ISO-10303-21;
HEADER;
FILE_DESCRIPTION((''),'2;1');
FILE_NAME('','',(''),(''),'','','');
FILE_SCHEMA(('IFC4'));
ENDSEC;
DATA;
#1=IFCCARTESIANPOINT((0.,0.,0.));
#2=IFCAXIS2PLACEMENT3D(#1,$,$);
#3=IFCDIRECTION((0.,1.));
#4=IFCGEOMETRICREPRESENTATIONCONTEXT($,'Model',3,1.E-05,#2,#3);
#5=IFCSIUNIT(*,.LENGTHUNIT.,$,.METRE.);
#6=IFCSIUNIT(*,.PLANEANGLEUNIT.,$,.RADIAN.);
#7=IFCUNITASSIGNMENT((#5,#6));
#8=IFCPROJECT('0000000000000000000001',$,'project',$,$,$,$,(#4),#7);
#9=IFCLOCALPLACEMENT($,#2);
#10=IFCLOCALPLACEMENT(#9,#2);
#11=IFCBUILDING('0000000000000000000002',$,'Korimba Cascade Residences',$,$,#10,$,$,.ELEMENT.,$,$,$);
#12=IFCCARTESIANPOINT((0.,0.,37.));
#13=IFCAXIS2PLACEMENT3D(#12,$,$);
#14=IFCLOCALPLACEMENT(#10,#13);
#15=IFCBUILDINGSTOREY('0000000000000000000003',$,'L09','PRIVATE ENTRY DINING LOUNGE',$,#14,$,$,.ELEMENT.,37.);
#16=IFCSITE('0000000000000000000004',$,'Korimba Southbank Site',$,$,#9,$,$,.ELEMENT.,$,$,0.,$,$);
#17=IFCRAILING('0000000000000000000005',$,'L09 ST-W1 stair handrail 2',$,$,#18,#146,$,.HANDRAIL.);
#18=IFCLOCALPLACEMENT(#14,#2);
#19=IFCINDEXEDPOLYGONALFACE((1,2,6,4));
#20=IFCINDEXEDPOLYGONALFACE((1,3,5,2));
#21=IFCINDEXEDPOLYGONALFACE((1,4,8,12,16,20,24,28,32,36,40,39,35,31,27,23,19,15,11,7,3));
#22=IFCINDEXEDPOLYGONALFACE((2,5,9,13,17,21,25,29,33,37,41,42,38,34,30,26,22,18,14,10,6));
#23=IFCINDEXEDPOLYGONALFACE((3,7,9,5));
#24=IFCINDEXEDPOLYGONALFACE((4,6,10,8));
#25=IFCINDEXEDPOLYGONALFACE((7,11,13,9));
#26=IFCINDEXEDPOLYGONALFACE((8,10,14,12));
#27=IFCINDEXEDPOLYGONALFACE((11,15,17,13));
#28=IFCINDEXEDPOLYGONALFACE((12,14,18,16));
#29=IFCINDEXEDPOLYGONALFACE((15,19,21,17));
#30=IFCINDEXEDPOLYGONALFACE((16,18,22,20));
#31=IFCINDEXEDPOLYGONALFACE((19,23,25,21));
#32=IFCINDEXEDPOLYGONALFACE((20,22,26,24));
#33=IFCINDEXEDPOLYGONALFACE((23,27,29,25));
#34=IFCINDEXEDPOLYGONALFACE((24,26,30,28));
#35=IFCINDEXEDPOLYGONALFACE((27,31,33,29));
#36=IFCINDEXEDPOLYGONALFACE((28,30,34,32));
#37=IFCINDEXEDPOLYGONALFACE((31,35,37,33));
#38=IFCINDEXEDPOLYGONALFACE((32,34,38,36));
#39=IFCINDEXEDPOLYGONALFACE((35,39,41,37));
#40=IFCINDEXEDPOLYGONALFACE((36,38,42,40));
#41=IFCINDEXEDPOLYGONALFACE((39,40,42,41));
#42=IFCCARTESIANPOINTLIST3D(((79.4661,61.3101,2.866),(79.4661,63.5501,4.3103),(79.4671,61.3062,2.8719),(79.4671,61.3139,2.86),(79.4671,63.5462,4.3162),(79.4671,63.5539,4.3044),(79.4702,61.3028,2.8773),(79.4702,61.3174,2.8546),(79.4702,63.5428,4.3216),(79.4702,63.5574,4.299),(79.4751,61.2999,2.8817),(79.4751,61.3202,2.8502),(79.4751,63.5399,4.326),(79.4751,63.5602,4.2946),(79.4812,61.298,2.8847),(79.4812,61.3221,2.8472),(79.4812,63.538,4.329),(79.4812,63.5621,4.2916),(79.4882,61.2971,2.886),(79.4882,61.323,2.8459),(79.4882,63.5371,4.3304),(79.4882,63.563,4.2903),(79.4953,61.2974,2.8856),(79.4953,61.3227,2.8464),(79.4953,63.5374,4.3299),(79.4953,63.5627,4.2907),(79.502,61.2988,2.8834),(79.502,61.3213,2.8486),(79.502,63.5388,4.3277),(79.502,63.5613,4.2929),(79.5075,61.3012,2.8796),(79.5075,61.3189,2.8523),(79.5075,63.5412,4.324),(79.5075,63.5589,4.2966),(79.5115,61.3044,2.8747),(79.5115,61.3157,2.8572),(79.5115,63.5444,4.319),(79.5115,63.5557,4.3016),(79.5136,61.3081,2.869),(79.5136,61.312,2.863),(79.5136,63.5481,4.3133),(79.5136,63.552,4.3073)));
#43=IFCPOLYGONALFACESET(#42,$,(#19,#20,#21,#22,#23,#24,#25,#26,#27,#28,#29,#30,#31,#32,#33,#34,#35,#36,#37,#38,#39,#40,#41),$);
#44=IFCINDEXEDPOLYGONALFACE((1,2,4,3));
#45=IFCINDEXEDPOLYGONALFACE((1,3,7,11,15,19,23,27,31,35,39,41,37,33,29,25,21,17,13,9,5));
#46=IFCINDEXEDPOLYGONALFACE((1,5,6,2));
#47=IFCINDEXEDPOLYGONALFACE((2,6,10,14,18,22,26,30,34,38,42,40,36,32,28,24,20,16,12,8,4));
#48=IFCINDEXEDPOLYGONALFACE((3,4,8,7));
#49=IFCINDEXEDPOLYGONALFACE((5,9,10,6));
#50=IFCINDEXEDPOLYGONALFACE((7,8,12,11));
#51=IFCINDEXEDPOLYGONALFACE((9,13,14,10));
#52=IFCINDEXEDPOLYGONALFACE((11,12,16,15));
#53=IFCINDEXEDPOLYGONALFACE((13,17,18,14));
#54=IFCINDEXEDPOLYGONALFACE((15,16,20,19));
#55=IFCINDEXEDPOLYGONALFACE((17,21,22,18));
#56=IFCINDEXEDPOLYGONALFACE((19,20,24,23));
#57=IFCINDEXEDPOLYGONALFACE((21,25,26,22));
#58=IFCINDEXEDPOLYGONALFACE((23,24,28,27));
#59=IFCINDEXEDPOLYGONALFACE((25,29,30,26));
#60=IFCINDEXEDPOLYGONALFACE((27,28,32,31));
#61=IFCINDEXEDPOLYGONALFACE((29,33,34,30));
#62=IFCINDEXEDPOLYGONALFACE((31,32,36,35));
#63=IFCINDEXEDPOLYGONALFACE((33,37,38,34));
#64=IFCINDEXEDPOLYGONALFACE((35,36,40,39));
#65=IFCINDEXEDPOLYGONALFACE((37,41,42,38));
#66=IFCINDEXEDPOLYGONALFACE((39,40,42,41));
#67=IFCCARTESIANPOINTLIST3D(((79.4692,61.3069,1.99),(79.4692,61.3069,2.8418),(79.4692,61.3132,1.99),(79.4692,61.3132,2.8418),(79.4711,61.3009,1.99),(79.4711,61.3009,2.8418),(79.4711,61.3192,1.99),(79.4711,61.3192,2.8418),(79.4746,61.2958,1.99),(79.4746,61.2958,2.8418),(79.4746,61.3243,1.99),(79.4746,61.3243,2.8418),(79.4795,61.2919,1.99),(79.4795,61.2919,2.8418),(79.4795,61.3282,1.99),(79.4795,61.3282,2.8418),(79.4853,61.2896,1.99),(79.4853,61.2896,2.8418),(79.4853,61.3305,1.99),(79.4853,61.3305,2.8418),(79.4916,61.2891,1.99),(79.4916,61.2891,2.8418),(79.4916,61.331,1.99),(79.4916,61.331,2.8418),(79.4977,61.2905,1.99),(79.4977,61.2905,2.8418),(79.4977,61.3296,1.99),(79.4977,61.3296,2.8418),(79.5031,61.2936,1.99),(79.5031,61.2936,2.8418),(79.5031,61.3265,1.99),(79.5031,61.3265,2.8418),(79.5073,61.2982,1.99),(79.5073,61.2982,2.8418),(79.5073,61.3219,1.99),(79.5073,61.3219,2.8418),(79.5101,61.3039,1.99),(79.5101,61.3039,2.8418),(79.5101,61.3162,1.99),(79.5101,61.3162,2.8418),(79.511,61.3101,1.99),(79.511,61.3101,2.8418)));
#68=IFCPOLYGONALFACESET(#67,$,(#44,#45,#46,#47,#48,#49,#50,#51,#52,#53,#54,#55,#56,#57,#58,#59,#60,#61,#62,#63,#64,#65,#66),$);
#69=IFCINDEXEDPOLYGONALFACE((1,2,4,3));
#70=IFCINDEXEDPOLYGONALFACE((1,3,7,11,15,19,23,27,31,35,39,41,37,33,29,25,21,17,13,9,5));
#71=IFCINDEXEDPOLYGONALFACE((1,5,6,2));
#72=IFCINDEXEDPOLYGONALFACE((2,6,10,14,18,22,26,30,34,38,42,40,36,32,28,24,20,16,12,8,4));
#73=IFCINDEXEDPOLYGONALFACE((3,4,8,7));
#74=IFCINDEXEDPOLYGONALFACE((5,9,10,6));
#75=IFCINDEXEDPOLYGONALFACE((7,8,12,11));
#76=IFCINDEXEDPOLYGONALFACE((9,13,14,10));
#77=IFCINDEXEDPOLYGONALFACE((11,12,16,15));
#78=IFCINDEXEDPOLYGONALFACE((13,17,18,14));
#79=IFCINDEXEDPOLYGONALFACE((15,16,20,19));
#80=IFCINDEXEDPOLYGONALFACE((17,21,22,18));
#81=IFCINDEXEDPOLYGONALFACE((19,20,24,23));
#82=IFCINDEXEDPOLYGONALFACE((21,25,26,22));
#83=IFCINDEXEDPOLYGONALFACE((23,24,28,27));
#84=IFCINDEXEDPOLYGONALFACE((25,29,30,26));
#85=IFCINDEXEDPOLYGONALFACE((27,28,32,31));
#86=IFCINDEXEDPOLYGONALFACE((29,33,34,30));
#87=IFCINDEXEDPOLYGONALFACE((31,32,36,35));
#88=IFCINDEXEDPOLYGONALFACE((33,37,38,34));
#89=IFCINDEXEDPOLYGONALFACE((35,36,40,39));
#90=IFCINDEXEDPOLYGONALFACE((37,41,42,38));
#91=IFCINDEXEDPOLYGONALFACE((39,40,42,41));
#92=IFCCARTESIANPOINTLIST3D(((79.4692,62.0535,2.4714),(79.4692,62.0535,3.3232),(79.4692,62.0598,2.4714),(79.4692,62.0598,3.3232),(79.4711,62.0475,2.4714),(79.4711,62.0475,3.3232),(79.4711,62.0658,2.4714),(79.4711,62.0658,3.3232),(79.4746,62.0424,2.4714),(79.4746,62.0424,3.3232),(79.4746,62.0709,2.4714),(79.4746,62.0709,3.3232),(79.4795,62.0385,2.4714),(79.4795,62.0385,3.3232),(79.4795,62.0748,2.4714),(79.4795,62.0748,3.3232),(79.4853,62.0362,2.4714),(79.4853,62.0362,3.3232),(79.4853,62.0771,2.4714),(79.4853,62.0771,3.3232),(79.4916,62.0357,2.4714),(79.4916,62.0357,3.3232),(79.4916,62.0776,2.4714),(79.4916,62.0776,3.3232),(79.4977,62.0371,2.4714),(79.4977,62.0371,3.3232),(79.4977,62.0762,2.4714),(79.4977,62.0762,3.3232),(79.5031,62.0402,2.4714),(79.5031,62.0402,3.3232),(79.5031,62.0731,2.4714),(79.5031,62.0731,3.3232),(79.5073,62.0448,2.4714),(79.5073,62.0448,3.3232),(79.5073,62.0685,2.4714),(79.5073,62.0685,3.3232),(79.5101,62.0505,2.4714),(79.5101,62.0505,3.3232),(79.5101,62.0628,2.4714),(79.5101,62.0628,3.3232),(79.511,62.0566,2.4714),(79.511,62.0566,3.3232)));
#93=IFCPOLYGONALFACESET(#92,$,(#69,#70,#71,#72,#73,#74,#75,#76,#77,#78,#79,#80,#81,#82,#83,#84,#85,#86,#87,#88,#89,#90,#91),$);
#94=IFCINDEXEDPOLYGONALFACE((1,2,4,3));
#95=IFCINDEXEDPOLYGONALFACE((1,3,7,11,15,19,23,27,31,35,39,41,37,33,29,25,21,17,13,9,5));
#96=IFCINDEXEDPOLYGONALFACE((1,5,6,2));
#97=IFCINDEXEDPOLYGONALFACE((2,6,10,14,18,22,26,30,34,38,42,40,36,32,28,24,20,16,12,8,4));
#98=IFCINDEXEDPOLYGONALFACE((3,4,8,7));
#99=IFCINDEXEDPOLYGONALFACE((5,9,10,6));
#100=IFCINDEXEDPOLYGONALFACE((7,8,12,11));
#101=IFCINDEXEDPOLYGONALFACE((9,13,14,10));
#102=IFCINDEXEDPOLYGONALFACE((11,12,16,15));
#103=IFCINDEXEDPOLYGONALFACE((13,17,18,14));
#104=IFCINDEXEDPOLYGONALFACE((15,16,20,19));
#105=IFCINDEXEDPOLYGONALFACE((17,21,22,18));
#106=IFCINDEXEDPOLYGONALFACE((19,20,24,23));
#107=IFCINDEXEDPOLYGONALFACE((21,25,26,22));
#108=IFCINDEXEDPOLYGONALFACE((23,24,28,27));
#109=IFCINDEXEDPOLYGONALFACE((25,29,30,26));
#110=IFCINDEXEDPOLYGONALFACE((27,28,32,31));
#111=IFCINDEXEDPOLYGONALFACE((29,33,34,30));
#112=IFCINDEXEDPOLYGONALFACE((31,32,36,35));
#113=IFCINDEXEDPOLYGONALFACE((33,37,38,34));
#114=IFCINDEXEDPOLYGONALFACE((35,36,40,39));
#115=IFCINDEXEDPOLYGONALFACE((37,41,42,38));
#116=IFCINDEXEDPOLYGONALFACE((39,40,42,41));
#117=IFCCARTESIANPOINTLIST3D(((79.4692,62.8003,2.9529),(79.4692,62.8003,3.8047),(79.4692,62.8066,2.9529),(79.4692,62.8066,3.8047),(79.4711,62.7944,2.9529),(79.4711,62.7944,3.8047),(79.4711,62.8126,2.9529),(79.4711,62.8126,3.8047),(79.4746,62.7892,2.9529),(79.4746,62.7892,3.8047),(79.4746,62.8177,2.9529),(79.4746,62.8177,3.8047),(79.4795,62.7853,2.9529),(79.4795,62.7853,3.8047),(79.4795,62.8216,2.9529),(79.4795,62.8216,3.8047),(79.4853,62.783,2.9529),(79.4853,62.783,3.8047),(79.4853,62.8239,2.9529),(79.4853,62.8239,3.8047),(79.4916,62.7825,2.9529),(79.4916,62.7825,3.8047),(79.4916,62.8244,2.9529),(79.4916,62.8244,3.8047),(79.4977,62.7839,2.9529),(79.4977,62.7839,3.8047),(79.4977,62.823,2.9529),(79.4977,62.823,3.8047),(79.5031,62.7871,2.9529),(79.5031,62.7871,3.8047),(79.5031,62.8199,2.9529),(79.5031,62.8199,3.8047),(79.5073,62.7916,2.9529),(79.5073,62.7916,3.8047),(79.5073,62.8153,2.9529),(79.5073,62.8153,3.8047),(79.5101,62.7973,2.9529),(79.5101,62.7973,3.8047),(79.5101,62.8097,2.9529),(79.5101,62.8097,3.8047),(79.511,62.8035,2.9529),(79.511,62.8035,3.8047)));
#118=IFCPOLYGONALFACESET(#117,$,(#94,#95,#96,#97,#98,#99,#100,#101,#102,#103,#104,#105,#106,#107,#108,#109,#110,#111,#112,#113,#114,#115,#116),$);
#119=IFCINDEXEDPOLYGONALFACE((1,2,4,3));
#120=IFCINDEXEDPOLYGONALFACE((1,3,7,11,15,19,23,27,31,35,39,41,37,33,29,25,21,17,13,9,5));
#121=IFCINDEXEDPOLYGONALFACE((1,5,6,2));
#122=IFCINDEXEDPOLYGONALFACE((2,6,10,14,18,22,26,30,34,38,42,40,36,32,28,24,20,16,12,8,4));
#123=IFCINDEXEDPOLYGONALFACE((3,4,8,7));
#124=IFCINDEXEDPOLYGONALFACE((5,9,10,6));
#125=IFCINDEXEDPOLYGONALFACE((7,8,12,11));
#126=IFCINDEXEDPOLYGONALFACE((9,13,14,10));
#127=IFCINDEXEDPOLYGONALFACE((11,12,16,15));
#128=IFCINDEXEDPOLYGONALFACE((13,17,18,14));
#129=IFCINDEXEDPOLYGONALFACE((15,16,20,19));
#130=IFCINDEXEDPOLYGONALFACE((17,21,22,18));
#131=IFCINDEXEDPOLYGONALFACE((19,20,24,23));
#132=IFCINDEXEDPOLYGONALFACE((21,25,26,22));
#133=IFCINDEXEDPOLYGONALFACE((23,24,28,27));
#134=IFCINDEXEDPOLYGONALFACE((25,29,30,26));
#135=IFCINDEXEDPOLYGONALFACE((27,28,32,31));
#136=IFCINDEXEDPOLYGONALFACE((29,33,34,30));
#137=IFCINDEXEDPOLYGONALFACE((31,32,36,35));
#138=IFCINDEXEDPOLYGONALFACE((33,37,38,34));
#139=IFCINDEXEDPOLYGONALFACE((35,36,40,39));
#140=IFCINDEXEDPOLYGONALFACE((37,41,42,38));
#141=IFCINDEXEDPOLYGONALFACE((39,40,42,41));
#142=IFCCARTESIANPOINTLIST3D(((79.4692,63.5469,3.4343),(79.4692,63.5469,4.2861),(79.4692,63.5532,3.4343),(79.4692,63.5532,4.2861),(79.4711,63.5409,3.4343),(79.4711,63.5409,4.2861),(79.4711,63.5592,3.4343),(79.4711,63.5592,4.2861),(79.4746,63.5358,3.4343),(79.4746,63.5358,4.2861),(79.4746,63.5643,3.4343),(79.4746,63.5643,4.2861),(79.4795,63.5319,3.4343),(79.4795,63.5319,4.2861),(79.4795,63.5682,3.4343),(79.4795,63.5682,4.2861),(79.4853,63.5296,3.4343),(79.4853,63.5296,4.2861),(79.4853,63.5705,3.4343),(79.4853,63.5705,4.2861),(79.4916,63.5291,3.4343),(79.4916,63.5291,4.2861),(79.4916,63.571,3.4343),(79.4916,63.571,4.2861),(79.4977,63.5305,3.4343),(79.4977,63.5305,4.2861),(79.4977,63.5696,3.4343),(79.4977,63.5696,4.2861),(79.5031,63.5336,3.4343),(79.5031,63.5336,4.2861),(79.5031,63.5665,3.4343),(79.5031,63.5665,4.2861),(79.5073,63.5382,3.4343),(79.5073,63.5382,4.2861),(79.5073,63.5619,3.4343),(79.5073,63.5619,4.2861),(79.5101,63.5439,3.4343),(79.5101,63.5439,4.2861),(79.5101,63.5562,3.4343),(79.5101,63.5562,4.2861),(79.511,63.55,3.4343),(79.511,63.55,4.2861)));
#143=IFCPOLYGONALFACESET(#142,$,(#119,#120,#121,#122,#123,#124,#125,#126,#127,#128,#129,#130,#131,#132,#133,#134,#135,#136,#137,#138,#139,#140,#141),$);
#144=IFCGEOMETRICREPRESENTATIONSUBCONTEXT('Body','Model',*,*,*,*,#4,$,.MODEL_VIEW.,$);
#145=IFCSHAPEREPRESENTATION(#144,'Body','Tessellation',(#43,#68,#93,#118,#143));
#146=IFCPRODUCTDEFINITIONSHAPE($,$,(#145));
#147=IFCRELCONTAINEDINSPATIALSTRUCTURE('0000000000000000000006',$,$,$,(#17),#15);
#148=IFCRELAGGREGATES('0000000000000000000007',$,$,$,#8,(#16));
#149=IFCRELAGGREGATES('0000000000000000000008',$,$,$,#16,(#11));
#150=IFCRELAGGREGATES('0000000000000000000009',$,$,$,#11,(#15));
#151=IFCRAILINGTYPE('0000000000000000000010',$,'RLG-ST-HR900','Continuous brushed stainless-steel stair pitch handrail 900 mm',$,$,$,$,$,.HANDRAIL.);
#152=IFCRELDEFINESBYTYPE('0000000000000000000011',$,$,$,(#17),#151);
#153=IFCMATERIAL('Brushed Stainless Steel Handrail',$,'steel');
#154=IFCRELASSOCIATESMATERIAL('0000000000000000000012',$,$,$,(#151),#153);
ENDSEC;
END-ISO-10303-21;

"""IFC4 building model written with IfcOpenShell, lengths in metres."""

from ifc_helpers import new_model, si_unit, direction, frame, origin, origin_2d, place, context, subcontext, project, spatial, circle, extrude, material, type_object, element, save


model = new_model("IFC4")

# Units and contexts
model_context = context("Model", 3, precision=1e-05, world=origin(), true_north=direction((0.0, 1.0)))
body_context = subcontext(model_context, "Body", "Model", "MODEL_VIEW")
ifc_project = project(units=[si_unit("LENGTHUNIT", "METRE"), si_unit("PLANEANGLEUNIT", "RADIAN")], contexts=[model_context])

# Site, building, storey
site_placement = place(None, origin())
site = spatial("IfcSite", under=ifc_project, at=site_placement, Name="Korimba Southbank Site", CompositionType="ELEMENT", RefElevation=0.0)
building_placement = place(site_placement, origin())
building = spatial("IfcBuilding", under=site, at=building_placement, Name="Korimba Cascade Residences", CompositionType="ELEMENT")
storey_placement = place(building_placement, frame((0.0, 0.0, 37.0)))
storey = spatial("IfcBuildingStorey", under=building, at=storey_placement, Name="L09", Description="PRIVATE ENTRY DINING LOUNGE", CompositionType="ELEMENT", Elevation=37.0)

# Railing
ifc_material_1 = material(Name="Brushed Stainless Steel Handrail", Category="steel")
railing_type_1 = type_object("IfcRailingType", Name="RLG-ST-HR900", Description="Continuous brushed stainless-steel stair pitch handrail 900 mm", PredefinedType="HANDRAIL", material=ifc_material_1)
railing_1_placement = place(storey_placement, frame((79.49, 61.3101, 1.99)))
element("IfcRailing", 1, at=railing_1_placement, inside=storey, type_object=railing_type_1, Name="L09 ST-W1 stair handrail 2", PredefinedType="HANDRAIL", context=body_context, shape_type="SweptSolid", body=[
    extrude(circle(Radius=0.0239, at=origin_2d()), frame((0.0, 0.0, 0.876), z_axis=(0.0, 0.840437, 0.54191), x_axis=(-1.0, 0.0, 0.0)), (0.0, 0.0, 1.0), 2.6653),
    extrude(circle(Radius=0.021, at=origin_2d()), origin(), (0.0, 0.0, 1.0), 0.8518),
    extrude(circle(Radius=0.021, at=origin_2d()), frame((0.0, 0.7466, 0.4814)), (0.0, 0.0, 1.0), 0.8518),
    extrude(circle(Radius=0.021, at=origin_2d()), frame((0.0, 1.4934, 0.9629)), (0.0, 0.0, 1.0), 0.8518),
    extrude(circle(Radius=0.021, at=origin_2d()), frame((0.0, 2.24, 1.4443)), (0.0, 0.0, 1.0), 0.8518),
])

save(model, "model.ifc")
